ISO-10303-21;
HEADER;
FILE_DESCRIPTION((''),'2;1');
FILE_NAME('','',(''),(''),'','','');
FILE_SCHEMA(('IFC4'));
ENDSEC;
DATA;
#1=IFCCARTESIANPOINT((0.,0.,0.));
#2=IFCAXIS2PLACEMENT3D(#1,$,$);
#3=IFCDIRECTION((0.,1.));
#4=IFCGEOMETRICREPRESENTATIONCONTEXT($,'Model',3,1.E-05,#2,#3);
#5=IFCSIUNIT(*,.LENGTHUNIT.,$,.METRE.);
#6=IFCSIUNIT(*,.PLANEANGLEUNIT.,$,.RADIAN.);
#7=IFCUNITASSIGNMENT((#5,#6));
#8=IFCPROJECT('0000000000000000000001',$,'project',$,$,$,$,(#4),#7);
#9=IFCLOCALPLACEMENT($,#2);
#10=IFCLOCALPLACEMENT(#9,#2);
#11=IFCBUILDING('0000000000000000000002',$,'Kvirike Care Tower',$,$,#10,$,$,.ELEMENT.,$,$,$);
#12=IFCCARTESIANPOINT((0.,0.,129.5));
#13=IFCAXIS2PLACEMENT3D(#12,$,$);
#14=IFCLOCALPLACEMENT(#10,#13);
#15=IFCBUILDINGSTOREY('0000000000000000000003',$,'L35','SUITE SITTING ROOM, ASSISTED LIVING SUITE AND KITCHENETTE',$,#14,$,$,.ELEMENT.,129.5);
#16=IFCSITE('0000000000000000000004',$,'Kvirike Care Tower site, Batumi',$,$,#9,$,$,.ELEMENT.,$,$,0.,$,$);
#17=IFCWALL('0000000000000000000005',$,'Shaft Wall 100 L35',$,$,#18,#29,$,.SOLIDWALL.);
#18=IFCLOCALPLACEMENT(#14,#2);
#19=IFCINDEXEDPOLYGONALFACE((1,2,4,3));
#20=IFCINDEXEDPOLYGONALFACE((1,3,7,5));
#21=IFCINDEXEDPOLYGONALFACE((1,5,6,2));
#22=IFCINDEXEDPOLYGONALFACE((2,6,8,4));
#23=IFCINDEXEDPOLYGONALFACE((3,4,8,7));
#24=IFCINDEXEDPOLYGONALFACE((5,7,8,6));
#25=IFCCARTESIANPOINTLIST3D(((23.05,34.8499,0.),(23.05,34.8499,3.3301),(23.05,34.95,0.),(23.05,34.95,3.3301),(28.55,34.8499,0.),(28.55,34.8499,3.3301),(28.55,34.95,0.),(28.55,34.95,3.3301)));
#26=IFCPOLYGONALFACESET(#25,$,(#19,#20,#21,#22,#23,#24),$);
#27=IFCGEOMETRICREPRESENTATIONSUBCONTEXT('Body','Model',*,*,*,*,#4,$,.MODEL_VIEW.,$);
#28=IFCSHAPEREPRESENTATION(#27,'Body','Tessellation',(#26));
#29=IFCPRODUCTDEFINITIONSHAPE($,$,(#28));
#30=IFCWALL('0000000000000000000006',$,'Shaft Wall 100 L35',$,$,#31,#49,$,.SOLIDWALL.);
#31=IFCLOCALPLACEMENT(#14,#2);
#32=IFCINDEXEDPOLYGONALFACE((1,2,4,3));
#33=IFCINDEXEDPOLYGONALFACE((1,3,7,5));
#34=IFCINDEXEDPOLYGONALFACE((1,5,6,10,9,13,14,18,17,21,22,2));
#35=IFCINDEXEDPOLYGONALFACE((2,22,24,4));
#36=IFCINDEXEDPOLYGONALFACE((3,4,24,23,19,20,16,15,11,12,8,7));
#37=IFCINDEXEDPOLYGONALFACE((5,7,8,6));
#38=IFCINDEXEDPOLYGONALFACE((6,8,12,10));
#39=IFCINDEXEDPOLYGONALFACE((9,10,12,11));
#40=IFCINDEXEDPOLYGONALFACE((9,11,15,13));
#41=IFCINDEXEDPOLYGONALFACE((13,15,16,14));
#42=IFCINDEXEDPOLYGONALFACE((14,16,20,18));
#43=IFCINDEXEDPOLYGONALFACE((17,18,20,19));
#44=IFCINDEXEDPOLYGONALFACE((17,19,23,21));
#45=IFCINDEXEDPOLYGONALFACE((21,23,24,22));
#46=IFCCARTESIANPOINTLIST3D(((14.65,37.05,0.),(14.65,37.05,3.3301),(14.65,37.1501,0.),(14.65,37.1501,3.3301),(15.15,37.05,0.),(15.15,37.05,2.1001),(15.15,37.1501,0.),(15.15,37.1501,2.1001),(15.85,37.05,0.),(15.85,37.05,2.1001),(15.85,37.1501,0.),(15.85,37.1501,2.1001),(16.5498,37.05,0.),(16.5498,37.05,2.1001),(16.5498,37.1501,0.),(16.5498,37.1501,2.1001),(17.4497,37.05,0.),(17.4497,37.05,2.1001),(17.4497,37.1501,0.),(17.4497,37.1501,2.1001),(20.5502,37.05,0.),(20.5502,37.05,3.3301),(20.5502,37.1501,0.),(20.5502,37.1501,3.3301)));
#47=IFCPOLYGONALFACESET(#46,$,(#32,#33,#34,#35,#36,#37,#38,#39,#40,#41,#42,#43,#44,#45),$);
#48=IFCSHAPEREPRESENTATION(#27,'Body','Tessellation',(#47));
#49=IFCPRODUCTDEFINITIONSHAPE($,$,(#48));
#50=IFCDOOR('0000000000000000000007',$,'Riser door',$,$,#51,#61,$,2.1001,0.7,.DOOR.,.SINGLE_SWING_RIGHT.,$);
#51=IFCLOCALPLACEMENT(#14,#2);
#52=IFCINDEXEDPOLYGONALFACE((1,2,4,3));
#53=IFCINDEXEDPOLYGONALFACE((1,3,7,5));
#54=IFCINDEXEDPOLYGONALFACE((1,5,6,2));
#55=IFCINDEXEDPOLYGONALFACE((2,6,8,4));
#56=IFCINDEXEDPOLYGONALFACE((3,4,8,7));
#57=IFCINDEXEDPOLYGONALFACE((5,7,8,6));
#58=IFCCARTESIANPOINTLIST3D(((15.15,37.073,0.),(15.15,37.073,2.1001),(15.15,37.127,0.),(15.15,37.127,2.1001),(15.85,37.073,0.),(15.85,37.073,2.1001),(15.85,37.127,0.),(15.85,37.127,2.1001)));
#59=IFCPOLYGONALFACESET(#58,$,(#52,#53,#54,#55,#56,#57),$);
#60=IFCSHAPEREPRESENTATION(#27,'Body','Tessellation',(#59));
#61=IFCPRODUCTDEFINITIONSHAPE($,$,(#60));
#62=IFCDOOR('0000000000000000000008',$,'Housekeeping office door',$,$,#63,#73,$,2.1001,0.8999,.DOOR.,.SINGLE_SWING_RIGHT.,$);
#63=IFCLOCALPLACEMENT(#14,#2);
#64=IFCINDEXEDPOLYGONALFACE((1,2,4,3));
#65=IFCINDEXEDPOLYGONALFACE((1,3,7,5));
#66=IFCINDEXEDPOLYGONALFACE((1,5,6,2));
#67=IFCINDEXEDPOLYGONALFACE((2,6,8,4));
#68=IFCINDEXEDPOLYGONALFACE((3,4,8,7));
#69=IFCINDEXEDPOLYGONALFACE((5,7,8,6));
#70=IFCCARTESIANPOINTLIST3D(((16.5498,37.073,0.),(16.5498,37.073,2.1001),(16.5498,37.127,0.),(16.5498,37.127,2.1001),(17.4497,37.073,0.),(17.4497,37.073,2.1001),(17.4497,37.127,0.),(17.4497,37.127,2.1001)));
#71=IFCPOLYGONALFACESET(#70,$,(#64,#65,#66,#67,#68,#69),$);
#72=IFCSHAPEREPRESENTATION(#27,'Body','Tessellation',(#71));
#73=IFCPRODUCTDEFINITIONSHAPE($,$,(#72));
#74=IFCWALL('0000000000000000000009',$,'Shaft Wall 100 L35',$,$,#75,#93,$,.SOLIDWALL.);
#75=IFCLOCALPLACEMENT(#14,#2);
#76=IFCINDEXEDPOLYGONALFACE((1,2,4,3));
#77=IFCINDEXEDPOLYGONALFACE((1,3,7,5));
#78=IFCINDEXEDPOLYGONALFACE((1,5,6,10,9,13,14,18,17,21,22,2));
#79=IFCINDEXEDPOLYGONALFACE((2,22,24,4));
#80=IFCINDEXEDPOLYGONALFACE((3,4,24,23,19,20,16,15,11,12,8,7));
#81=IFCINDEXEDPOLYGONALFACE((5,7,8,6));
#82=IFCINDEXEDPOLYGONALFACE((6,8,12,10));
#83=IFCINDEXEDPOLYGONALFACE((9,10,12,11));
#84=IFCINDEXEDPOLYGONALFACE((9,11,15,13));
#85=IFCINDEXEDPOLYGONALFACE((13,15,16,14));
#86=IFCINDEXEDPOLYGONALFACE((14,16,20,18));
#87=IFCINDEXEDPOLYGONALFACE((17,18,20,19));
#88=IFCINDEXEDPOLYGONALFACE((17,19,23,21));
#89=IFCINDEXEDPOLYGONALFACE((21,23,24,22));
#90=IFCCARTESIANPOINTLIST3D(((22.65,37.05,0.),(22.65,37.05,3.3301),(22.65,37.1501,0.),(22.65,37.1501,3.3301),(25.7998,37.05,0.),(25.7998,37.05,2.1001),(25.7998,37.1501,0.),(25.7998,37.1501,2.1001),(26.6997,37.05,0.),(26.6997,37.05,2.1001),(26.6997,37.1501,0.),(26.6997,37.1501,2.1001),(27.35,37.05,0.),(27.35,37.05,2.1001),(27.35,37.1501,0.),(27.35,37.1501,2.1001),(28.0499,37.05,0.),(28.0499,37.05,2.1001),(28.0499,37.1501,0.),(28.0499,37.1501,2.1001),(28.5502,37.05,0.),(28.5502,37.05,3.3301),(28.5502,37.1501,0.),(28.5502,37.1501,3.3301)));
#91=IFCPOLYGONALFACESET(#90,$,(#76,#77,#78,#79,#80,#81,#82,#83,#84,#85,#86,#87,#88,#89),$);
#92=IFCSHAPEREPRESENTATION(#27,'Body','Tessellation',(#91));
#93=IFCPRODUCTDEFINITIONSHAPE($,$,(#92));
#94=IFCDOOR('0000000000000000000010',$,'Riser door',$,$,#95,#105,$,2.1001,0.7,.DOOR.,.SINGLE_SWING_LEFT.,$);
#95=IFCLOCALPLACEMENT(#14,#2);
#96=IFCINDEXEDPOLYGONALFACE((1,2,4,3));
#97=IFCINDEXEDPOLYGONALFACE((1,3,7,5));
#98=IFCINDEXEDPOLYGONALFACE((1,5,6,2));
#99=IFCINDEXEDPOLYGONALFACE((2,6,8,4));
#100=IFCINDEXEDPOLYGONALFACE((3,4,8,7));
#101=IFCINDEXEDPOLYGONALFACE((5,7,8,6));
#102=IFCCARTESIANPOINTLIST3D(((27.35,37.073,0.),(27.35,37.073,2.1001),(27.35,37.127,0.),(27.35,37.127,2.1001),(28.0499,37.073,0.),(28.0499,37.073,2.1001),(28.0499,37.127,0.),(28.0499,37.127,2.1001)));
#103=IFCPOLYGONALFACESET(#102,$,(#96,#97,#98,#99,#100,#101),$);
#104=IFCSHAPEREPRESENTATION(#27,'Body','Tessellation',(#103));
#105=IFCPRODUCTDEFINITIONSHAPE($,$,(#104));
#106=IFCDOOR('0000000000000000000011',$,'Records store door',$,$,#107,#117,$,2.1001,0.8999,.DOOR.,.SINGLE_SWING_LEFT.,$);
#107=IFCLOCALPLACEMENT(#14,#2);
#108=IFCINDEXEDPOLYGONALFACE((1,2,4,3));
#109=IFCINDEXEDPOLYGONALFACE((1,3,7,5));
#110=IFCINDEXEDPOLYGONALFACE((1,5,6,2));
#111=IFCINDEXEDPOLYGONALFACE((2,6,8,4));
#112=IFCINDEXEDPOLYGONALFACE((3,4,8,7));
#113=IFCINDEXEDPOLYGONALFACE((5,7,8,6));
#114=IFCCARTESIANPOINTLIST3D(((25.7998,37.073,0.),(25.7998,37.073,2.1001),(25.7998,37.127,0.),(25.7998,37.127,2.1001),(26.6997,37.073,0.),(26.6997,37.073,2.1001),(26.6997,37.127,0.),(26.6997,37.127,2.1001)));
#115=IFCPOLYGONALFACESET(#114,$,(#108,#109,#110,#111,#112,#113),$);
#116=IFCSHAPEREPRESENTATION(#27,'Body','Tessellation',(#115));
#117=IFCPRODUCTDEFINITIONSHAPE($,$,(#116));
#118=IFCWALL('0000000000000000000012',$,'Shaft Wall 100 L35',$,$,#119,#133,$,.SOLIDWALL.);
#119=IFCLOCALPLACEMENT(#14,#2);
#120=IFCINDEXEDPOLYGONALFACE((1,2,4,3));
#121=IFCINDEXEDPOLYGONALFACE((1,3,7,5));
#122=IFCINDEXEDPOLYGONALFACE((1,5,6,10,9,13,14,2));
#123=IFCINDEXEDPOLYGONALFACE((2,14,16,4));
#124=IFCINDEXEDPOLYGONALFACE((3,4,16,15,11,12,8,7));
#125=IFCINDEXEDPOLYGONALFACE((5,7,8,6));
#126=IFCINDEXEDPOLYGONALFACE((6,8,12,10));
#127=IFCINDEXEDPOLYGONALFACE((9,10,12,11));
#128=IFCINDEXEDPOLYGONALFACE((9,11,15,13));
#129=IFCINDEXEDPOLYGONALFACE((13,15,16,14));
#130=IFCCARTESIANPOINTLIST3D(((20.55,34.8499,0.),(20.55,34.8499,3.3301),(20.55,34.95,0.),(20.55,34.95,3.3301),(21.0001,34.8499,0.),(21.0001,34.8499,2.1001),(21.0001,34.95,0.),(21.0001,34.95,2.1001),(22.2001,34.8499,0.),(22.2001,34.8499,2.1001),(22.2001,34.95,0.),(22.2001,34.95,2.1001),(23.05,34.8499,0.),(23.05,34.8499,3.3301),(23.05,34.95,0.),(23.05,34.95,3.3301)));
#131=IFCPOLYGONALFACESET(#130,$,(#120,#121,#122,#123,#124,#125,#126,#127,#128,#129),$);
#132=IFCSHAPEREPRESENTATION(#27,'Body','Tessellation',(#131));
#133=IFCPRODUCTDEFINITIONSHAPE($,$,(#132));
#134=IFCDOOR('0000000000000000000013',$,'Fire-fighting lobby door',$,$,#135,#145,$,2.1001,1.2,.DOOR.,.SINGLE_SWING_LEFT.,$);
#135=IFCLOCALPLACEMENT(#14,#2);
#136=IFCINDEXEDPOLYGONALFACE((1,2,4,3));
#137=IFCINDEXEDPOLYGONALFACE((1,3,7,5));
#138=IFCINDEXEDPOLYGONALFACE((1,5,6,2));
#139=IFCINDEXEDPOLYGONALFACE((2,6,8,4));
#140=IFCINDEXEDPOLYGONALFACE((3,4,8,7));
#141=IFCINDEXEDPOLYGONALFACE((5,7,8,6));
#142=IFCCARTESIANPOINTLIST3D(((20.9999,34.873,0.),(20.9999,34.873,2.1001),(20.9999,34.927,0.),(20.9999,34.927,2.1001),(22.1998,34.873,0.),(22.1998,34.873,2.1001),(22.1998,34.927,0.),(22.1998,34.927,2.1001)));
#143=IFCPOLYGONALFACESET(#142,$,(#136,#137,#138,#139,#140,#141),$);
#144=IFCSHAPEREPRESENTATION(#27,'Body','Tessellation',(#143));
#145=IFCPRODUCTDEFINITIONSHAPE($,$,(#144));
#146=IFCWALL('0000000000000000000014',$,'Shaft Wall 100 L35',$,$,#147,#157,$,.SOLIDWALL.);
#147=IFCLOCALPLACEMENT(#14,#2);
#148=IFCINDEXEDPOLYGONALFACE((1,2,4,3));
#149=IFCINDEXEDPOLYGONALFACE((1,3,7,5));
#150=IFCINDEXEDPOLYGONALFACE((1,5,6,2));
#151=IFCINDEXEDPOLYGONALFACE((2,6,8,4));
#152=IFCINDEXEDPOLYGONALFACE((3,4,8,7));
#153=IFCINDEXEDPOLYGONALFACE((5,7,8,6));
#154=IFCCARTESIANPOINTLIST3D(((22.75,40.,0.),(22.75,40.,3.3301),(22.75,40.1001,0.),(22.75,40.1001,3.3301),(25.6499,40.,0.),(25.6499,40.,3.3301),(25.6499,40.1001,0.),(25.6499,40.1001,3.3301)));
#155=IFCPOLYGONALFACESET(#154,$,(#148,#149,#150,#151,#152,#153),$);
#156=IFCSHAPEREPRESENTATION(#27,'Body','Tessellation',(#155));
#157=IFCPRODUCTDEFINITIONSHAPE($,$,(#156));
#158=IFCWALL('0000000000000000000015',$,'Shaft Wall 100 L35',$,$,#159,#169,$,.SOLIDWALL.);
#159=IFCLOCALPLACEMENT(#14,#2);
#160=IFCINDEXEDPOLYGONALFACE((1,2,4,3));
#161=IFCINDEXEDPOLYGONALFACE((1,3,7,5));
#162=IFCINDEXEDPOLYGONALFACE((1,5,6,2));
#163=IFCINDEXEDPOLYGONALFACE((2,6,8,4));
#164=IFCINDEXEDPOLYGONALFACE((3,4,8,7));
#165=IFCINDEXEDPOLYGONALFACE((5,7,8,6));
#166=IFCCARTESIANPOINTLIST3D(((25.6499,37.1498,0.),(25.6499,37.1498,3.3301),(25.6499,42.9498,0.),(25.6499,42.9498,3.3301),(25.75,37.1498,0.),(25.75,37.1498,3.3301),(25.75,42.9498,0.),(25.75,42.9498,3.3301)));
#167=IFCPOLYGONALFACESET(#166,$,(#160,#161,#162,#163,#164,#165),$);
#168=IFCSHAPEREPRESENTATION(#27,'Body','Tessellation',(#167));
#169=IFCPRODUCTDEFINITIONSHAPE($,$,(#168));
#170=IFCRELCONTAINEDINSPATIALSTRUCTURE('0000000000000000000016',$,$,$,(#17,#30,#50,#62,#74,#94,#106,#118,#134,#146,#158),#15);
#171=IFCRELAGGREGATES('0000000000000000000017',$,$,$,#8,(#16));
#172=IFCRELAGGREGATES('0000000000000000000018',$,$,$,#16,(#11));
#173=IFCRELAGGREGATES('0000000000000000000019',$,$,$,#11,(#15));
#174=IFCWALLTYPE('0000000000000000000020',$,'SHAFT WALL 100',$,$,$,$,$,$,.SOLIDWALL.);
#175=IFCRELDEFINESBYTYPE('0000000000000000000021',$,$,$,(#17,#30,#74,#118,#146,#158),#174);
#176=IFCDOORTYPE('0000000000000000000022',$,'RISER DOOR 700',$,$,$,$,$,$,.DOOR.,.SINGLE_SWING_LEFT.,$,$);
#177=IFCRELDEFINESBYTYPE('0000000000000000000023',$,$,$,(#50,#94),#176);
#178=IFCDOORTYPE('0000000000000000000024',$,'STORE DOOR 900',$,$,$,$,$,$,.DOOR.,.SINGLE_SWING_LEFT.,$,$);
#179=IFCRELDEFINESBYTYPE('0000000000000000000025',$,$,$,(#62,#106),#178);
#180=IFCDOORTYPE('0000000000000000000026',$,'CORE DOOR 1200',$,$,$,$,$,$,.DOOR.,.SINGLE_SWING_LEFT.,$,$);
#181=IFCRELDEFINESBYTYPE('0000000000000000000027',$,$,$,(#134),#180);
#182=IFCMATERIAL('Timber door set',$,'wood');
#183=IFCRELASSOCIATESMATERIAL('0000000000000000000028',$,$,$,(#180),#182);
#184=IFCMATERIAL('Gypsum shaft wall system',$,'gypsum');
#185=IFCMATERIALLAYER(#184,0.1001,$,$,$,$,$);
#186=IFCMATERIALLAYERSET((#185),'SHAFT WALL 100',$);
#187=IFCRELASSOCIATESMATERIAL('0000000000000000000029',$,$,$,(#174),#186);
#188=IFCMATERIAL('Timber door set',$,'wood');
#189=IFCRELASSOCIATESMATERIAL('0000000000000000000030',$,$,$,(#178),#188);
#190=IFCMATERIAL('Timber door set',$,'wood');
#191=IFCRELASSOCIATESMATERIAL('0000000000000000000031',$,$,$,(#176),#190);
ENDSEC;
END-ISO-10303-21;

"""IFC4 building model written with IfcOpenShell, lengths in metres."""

from ifc_helpers import new_model, si_unit, direction, frame, frame_2d, origin, place, context, subcontext, project, spatial, rectangle, extrude, material, layer, layer_set, type_object, element, fill, save


model = new_model("IFC4")

# Units and contexts
model_context = context("Model", 3, precision=1e-05, world=origin(), true_north=direction((0.0, 1.0)))
body_context = subcontext(model_context, "Body", "Model", "MODEL_VIEW")
ifc_project = project(units=[si_unit("LENGTHUNIT", "METRE"), si_unit("PLANEANGLEUNIT", "RADIAN")], contexts=[model_context])

# Site, building, storey
site_placement = place(None, origin())
site = spatial("IfcSite", under=ifc_project, at=site_placement, Name="Kvirike Care Tower site, Batumi", CompositionType="ELEMENT", RefElevation=0.0)
building_placement = place(site_placement, origin())
building = spatial("IfcBuilding", under=site, at=building_placement, Name="Kvirike Care Tower", CompositionType="ELEMENT")
storey_placement = place(building_placement, frame((0.0, 0.0, 129.5)))
storey = spatial("IfcBuildingStorey", under=building, at=storey_placement, Name="L35", Description="SUITE SITTING ROOM, ASSISTED LIVING SUITE AND KITCHENETTE", CompositionType="ELEMENT", Elevation=129.5)

# Shared definitions
ifc_material_1 = material(Name="Timber door set", Category="wood")
door_type_1 = type_object("IfcDoorType", Name="CORE DOOR 1200", OperationType="SINGLE_SWING_LEFT", PredefinedType="DOOR", material=ifc_material_1)

# Shared definitions
ifc_material_2 = material(Name="Gypsum shaft wall system", Category="gypsum")
ifc_layer_1 = layer(ifc_material_2, 0.1001)
ifc_layer_set_1 = layer_set([ifc_layer_1], Name="SHAFT WALL 100")
wall_type_1 = type_object("IfcWallType", Name="SHAFT WALL 100", PredefinedType="SOLIDWALL", material=ifc_layer_set_1)

# Shared definitions
ifc_material_3 = material(Name="Timber door set", Category="wood")
door_type_2 = type_object("IfcDoorType", Name="STORE DOOR 900", OperationType="SINGLE_SWING_LEFT", PredefinedType="DOOR", material=ifc_material_3)

# Shared definitions
ifc_material_4 = material(Name="Timber door set", Category="wood")
door_type_3 = type_object("IfcDoorType", Name="RISER DOOR 700", OperationType="SINGLE_SWING_LEFT", PredefinedType="DOOR", material=ifc_material_4)

# Wall
wall_1_placement = place(storey_placement, frame((23.05, 34.8999, 0.0), z_axis=(0.0, 0.0, 1.0), x_axis=(1.0, 0.0, 0.0)))
element("IfcWall", 1, at=wall_1_placement, inside=storey, type_object=wall_type_1, Name="Shaft Wall 100 L35", PredefinedType="SOLIDWALL", context=body_context, shape_type="SweptSolid", body=[
    extrude(rectangle(XDim=5.5, YDim=0.1001, at=frame_2d((2.75, 0.0))), origin(), (0.0, 0.0, 1.0), 3.3301),
])

# Walls, openings, doors
wall_2_placement = place(storey_placement, frame((14.6499, 37.1001, 0.0), z_axis=(0.0, 0.0, 1.0), x_axis=(1.0, 0.0, 0.0)))
wall_2 = element("IfcWall", 2, at=wall_2_placement, inside=storey, type_object=wall_type_1, Name="Shaft Wall 100 L35", PredefinedType="SOLIDWALL", context=body_context, shape_type="SweptSolid", body=[
    extrude(rectangle(XDim=5.9001, YDim=0.1001, at=frame_2d((2.9502, 0.0))), origin(), (0.0, 0.0, 1.0), 3.3301),
])
opening_1_placement = place(wall_2_placement, frame((0.5, 0.0, 0.0)))
opening_1 = element("IfcOpeningElement", 3, at=opening_1_placement, cuts=wall_2, PredefinedType="OPENING", context=body_context, shape_type="SweptSolid", body=[
    extrude(rectangle(XDim=0.7, YDim=2.1001, at=frame_2d((0.3501, 1.05))), frame((0.0, 0.0605, 0.0), z_axis=(0.0, -1.0, 0.0), x_axis=(1.0, 0.0, 0.0)), (0.0, 0.0, 1.0), 0.1211),
])
opening_2_placement = place(wall_2_placement, frame((1.8999, 0.0, 0.0)))
opening_2 = element("IfcOpeningElement", 4, at=opening_2_placement, cuts=wall_2, PredefinedType="OPENING", context=body_context, shape_type="SweptSolid", body=[
    extrude(rectangle(XDim=0.8999, YDim=2.1001, at=frame_2d((0.45, 1.05))), frame((0.0, 0.0605, 0.0), z_axis=(0.0, -1.0, 0.0), x_axis=(1.0, 0.0, 0.0)), (0.0, 0.0, 1.0), 0.1211),
])
door_1_placement = place(opening_1_placement, origin())
door_1 = element("IfcDoor", 5, at=door_1_placement, inside=storey, type_object=door_type_3, Name="Riser door", OperationType="SINGLE_SWING_RIGHT", OverallHeight=2.1001, OverallWidth=0.7, PredefinedType="DOOR", context=body_context, shape_type="SweptSolid", body=[
    extrude(rectangle(XDim=0.7, YDim=2.1001, at=frame_2d((0.3501, 1.05))), frame((0.0, 0.0269, 0.0), z_axis=(0.0, -1.0, 0.0), x_axis=(1.0, 0.0, 0.0)), (0.0, 0.0, 1.0), 0.054),
])
fill(opening_1, door_1)
door_2_placement = place(opening_2_placement, origin())
door_2 = element("IfcDoor", 6, at=door_2_placement, inside=storey, type_object=door_type_2, Name="Housekeeping office door", OperationType="SINGLE_SWING_RIGHT", OverallHeight=2.1001, OverallWidth=0.8999, PredefinedType="DOOR", context=body_context, shape_type="SweptSolid", body=[
    extrude(rectangle(XDim=0.8999, YDim=2.1001, at=frame_2d((0.45, 1.05))), frame((0.0, 0.0269, 0.0), z_axis=(0.0, -1.0, 0.0), x_axis=(1.0, 0.0, 0.0)), (0.0, 0.0, 1.0), 0.054),
])
fill(opening_2, door_2)
wall_3_placement = place(storey_placement, frame((22.6499, 37.1001, 0.0), z_axis=(0.0, 0.0, 1.0), x_axis=(1.0, 0.0, 0.0)))
wall_3 = element("IfcWall", 7, at=wall_3_placement, inside=storey, type_object=wall_type_1, Name="Shaft Wall 100 L35", PredefinedType="SOLIDWALL", context=body_context, shape_type="SweptSolid", body=[
    extrude(rectangle(XDim=5.9001, YDim=0.1001, at=frame_2d((2.9502, 0.0))), origin(), (0.0, 0.0, 1.0), 3.3301),
])
opening_3_placement = place(wall_3_placement, frame((3.1499, 0.0, 0.0)))
opening_3 = element("IfcOpeningElement", 8, at=opening_3_placement, cuts=wall_3, PredefinedType="OPENING", context=body_context, shape_type="SweptSolid", body=[
    extrude(rectangle(XDim=0.8999, YDim=2.1001, at=frame_2d((0.45, 1.05))), frame((0.0, 0.0605, 0.0), z_axis=(0.0, -1.0, 0.0), x_axis=(1.0, 0.0, 0.0)), (0.0, 0.0, 1.0), 0.1211),
])
opening_4_placement = place(wall_3_placement, frame((4.7, 0.0, 0.0)))
opening_4 = element("IfcOpeningElement", 9, at=opening_4_placement, cuts=wall_3, PredefinedType="OPENING", context=body_context, shape_type="SweptSolid", body=[
    extrude(rectangle(XDim=0.7, YDim=2.1001, at=frame_2d((0.3501, 1.05))), frame((0.0, 0.0605, 0.0), z_axis=(0.0, -1.0, 0.0), x_axis=(1.0, 0.0, 0.0)), (0.0, 0.0, 1.0), 0.1211),
])
door_3_placement = place(opening_4_placement, origin())
door_3 = element("IfcDoor", 10, at=door_3_placement, inside=storey, type_object=door_type_3, Name="Riser door", OperationType="SINGLE_SWING_LEFT", OverallHeight=2.1001, OverallWidth=0.7, PredefinedType="DOOR", context=body_context, shape_type="SweptSolid", body=[
    extrude(rectangle(XDim=0.7, YDim=2.1001, at=frame_2d((0.3501, 1.05))), frame((0.0, 0.0269, 0.0), z_axis=(0.0, -1.0, 0.0), x_axis=(1.0, 0.0, 0.0)), (0.0, 0.0, 1.0), 0.054),
])
fill(opening_4, door_3)
door_4_placement = place(opening_3_placement, origin())
door_4 = element("IfcDoor", 11, at=door_4_placement, inside=storey, type_object=door_type_2, Name="Records store door", OperationType="SINGLE_SWING_LEFT", OverallHeight=2.1001, OverallWidth=0.8999, PredefinedType="DOOR", context=body_context, shape_type="SweptSolid", body=[
    extrude(rectangle(XDim=0.8999, YDim=2.1001, at=frame_2d((0.45, 1.05))), frame((0.0, 0.0269, 0.0), z_axis=(0.0, -1.0, 0.0), x_axis=(1.0, 0.0, 0.0)), (0.0, 0.0, 1.0), 0.054),
])
fill(opening_3, door_4)

# Wall, opening, door
wall_4_placement = place(storey_placement, frame((20.55, 34.8999, 0.0), z_axis=(0.0, 0.0, 1.0), x_axis=(1.0, 0.0, 0.0)))
wall_4 = element("IfcWall", 12, at=wall_4_placement, inside=storey, type_object=wall_type_1, Name="Shaft Wall 100 L35", PredefinedType="SOLIDWALL", context=body_context, shape_type="SweptSolid", body=[
    extrude(rectangle(XDim=2.5, YDim=0.1001, at=frame_2d((1.25, 0.0))), origin(), (0.0, 0.0, 1.0), 3.3301),
])
opening_5_placement = place(wall_4_placement, frame((0.45, 0.0, 0.0)))
opening_5 = element("IfcOpeningElement", 13, at=opening_5_placement, cuts=wall_4, PredefinedType="OPENING", context=body_context, shape_type="SweptSolid", body=[
    extrude(rectangle(XDim=1.2, YDim=2.1001, at=frame_2d((0.6001, 1.05))), frame((0.0, 0.0605, 0.0), z_axis=(0.0, -1.0, 0.0), x_axis=(1.0, 0.0, 0.0)), (0.0, 0.0, 1.0), 0.1211),
])
door_5_placement = place(opening_5_placement, frame((1.2, 0.0, 0.0), z_axis=(0.0, 0.0, 1.0), x_axis=(-1.0, 0.0, 0.0)))
door_5 = element("IfcDoor", 14, at=door_5_placement, inside=storey, type_object=door_type_1, Name="Fire-fighting lobby door", OperationType="SINGLE_SWING_LEFT", OverallHeight=2.1001, OverallWidth=1.2, PredefinedType="DOOR", context=body_context, shape_type="SweptSolid", body=[
    extrude(rectangle(XDim=1.2, YDim=2.1001, at=frame_2d((0.6001, 1.05))), frame((0.0, 0.0269, 0.0), z_axis=(0.0, -1.0, 0.0), x_axis=(1.0, 0.0, 0.0)), (0.0, 0.0, 1.0), 0.054),
])
fill(opening_5, door_5)

# Walls
wall_5_placement = place(storey_placement, frame((22.75, 40.05, 0.0), z_axis=(0.0, 0.0, 1.0), x_axis=(1.0, 0.0, 0.0)))
element("IfcWall", 15, at=wall_5_placement, inside=storey, type_object=wall_type_1, Name="Shaft Wall 100 L35", PredefinedType="SOLIDWALL", context=body_context, shape_type="SweptSolid", body=[
    extrude(rectangle(XDim=2.8999, YDim=0.1001, at=frame_2d((1.45, 0.0))), origin(), (0.0, 0.0, 1.0), 3.3301),
])
wall_6_placement = place(storey_placement, frame((25.7, 37.1499, 0.0), z_axis=(0.0, 0.0, 1.0), x_axis=(0.0, 1.0, 0.0)))
element("IfcWall", 16, at=wall_6_placement, inside=storey, type_object=wall_type_1, Name="Shaft Wall 100 L35", PredefinedType="SOLIDWALL", context=body_context, shape_type="SweptSolid", body=[
    extrude(rectangle(XDim=5.8, YDim=0.1001, at=frame_2d((2.8999, 0.0))), origin(), (0.0, 0.0, 1.0), 3.3301),
])

save(model, "model.ifc")
